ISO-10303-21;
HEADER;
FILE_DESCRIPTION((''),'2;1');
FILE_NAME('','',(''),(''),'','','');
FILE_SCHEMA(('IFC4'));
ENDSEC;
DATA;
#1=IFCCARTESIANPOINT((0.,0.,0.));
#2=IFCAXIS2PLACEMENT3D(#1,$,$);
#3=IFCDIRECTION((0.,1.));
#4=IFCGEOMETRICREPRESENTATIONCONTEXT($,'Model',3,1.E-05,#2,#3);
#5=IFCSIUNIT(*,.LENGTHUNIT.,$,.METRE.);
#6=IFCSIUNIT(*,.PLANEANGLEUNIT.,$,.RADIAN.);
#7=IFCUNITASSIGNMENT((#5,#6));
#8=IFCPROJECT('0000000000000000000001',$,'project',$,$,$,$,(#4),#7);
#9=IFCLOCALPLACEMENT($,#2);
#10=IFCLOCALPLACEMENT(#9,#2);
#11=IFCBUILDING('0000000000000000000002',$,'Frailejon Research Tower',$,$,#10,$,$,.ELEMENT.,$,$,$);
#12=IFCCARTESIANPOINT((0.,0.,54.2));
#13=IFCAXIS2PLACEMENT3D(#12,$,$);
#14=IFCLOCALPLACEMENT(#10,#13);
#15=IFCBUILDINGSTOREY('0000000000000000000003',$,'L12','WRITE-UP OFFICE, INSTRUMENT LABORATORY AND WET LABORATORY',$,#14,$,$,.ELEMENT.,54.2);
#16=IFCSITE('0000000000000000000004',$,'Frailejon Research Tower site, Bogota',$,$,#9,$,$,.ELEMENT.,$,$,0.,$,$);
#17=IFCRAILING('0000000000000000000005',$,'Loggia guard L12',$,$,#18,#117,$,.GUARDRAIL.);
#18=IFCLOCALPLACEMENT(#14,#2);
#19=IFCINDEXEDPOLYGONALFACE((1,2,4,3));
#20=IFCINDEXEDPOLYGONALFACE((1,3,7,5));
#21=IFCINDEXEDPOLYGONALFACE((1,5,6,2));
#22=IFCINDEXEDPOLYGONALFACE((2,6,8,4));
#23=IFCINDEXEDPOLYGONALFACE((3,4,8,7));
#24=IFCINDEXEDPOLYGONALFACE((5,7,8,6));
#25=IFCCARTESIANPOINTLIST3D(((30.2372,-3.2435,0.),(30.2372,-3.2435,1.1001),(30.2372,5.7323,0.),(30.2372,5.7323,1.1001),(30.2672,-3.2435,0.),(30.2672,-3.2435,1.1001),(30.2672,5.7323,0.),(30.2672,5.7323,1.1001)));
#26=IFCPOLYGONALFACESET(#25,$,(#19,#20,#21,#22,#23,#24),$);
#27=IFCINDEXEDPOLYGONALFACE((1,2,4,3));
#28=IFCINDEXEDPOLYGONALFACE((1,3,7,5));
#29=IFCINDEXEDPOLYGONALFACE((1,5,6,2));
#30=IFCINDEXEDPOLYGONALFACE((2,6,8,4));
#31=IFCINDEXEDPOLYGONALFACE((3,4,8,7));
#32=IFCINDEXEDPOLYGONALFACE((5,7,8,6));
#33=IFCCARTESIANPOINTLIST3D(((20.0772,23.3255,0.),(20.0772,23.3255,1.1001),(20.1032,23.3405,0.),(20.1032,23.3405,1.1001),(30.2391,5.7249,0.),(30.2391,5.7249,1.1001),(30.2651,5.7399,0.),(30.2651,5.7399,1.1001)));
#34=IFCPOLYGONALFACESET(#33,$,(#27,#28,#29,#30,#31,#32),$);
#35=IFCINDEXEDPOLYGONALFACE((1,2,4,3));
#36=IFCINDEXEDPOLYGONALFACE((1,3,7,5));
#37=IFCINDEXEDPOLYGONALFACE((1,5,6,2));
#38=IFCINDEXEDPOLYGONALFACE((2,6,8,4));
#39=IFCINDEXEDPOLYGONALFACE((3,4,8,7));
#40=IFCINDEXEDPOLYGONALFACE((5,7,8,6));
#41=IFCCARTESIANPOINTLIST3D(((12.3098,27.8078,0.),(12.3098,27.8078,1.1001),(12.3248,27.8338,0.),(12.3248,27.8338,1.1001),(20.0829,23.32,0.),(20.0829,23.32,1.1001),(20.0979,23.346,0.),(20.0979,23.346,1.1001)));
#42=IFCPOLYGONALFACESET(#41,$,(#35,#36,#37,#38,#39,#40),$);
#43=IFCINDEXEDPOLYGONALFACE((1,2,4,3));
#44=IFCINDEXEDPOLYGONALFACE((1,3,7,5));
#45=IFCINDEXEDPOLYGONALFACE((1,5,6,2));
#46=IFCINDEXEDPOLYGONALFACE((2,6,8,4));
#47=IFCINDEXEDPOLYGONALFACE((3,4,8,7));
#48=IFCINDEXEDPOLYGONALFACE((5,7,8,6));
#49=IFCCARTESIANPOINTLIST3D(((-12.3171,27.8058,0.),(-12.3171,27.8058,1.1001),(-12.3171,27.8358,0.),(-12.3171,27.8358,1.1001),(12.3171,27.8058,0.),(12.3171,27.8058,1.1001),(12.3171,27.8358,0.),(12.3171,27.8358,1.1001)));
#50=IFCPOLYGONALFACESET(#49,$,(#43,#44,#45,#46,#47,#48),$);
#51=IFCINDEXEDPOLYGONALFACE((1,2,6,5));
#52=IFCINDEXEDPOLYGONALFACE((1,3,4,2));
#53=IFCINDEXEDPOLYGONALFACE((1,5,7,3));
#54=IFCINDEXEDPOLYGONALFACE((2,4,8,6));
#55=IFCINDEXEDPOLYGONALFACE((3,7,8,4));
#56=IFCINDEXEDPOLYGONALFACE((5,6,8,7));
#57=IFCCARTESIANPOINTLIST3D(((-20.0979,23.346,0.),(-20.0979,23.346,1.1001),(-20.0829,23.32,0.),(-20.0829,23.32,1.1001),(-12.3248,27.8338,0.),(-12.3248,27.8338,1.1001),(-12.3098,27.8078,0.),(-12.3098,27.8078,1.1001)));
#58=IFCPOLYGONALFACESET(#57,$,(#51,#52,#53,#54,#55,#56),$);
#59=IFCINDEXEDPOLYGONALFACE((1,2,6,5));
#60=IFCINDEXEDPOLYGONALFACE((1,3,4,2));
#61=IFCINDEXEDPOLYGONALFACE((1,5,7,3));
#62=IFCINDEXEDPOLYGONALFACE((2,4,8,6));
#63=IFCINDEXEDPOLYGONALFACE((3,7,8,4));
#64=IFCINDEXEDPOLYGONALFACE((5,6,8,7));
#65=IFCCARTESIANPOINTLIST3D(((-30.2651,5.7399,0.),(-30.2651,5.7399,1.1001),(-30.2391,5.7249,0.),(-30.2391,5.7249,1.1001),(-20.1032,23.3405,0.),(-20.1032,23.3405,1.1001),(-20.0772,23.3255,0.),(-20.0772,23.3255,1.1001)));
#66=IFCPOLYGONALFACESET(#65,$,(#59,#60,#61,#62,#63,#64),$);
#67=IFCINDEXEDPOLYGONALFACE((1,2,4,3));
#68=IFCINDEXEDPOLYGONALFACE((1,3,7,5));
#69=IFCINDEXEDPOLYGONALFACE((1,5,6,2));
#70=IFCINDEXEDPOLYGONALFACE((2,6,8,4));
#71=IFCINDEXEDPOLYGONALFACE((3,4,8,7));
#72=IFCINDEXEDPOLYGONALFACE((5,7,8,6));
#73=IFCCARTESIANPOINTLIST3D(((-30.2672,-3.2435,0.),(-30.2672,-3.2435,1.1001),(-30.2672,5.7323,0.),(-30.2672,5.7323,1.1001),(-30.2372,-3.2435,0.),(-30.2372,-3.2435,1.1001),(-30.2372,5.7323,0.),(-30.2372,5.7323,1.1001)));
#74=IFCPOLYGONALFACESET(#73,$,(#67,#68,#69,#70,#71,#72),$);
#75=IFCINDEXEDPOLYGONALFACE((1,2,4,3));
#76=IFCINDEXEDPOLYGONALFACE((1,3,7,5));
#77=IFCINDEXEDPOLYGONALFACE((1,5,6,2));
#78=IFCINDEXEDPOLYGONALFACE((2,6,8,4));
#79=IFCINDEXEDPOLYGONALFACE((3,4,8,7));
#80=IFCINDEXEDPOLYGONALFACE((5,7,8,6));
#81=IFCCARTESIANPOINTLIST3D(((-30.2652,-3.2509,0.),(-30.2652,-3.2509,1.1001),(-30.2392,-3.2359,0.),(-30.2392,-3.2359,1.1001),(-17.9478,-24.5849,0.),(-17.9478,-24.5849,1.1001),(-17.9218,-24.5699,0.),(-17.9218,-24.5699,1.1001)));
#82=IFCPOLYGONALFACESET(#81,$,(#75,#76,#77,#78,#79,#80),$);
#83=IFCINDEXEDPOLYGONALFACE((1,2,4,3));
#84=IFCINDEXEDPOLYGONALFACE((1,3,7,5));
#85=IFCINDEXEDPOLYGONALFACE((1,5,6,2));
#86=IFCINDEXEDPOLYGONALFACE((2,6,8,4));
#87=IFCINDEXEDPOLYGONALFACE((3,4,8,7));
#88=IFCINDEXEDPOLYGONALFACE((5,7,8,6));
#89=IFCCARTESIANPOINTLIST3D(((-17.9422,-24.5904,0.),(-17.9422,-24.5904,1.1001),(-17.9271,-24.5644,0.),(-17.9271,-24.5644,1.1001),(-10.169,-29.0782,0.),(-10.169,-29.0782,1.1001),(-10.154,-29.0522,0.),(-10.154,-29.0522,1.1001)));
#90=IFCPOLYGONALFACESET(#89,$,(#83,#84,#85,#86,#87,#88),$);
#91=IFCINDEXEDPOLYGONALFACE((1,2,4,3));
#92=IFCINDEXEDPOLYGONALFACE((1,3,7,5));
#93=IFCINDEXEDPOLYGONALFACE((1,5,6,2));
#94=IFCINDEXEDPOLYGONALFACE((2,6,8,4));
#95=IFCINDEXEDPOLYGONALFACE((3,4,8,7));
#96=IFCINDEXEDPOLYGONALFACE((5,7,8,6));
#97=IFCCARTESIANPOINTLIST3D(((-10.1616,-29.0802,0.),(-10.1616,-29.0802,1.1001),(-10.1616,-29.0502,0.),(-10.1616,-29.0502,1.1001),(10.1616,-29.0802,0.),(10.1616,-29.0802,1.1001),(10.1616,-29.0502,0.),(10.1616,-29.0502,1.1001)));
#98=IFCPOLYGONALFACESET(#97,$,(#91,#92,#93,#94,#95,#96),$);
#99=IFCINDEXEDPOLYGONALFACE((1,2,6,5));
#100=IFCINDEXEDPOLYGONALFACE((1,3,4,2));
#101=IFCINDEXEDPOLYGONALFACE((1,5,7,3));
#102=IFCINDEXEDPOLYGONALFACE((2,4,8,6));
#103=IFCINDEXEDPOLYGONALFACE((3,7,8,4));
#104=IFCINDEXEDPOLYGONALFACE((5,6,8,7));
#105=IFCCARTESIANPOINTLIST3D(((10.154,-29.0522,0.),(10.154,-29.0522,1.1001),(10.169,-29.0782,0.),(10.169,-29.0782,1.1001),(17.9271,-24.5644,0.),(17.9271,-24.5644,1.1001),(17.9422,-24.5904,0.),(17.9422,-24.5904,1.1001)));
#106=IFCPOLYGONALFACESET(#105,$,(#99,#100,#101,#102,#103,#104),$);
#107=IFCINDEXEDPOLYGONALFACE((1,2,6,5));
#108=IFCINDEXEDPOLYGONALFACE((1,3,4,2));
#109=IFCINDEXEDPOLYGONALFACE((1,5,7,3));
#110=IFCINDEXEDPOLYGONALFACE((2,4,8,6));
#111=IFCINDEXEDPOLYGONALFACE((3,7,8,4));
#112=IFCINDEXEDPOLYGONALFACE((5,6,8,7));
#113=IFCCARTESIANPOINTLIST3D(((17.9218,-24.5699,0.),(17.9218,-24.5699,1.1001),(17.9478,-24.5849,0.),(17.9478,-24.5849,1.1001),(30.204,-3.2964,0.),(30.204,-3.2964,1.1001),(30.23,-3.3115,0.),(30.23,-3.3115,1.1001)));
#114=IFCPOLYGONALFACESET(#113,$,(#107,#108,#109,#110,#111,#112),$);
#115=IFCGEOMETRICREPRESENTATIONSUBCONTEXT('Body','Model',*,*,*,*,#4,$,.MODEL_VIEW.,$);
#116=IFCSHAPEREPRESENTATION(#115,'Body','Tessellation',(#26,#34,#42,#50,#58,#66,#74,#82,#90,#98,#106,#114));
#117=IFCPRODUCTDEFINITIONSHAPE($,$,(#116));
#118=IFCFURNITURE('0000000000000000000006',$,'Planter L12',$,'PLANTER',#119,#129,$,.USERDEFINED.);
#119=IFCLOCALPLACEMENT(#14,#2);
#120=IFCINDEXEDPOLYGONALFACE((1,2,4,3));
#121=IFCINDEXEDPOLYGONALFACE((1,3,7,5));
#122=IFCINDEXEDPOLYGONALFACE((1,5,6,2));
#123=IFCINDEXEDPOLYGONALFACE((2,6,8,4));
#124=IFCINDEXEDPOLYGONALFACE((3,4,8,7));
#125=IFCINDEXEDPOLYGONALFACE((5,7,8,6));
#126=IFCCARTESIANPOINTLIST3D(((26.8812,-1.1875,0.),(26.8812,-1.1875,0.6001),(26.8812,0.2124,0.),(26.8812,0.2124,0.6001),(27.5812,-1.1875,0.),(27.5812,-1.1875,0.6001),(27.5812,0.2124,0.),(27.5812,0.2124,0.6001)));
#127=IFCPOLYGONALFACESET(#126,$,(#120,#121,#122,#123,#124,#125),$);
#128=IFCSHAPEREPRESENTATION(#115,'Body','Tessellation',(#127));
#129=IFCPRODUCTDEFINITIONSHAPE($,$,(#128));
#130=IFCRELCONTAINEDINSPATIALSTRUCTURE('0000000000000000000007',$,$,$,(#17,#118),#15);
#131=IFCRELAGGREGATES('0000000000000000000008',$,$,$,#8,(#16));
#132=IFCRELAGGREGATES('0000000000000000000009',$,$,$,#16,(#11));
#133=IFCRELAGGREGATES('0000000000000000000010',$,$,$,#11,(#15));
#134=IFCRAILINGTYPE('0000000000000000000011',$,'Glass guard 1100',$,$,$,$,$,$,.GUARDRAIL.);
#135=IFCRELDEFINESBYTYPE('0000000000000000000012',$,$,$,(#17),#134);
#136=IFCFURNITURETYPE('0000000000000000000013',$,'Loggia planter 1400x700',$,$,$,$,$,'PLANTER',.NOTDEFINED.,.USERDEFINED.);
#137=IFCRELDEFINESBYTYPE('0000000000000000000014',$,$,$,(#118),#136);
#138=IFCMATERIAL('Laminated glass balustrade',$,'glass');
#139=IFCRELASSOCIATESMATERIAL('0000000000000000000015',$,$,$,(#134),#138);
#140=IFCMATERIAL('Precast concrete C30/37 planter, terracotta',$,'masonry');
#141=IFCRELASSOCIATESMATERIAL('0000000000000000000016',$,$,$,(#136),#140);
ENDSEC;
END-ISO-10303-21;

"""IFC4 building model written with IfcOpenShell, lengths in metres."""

from ifc_helpers import new_model, si_unit, direction, frame, origin, origin_2d, place, context, subcontext, project, spatial, rectangle, extrude, material, type_object, element, save


model = new_model("IFC4")

# Units and contexts
model_context = context("Model", 3, precision=1e-05, world=origin(), true_north=direction((0.0, 1.0)))
body_context = subcontext(model_context, "Body", "Model", "MODEL_VIEW")
ifc_project = project(units=[si_unit("LENGTHUNIT", "METRE"), si_unit("PLANEANGLEUNIT", "RADIAN")], contexts=[model_context])

# Site, building, storey
site_placement = place(None, origin())
site = spatial("IfcSite", under=ifc_project, at=site_placement, Name="Frailejon Research Tower site, Bogota", CompositionType="ELEMENT", RefElevation=0.0)
building_placement = place(site_placement, origin())
building = spatial("IfcBuilding", under=site, at=building_placement, Name="Frailejon Research Tower", CompositionType="ELEMENT")
storey_placement = place(building_placement, frame((0.0, 0.0, 54.2)))
storey = spatial("IfcBuildingStorey", under=building, at=storey_placement, Name="L12", Description="WRITE-UP OFFICE, INSTRUMENT LABORATORY AND WET LABORATORY", CompositionType="ELEMENT", Elevation=54.2)

# Railing
ifc_material_1 = material(Name="Laminated glass balustrade", Category="glass")
railing_type = type_object("IfcRailingType", Name="Glass guard 1100", PredefinedType="GUARDRAIL", material=ifc_material_1)
railing_placement = place(storey_placement, frame((30.2522, -3.2434, 0.0)))
element("IfcRailing", 1, at=railing_placement, inside=storey, type_object=railing_type, Name="Loggia guard L12", PredefinedType="GUARDRAIL", context=body_context, shape_type="SweptSolid", body=[
    extrude(rectangle(XDim=8.9758, YDim=0.03, at=origin_2d()), frame((0.0, 4.4878, 0.0), z_axis=(0.0, 0.0, 1.0), x_axis=(0.0, 1.0, 0.0)), (0.0, 0.0, 1.0), 1.1001),
    extrude(rectangle(XDim=20.3235, YDim=0.03, at=origin_2d()), frame((-5.0811, 17.7761, 0.0), z_axis=(0.0, 0.0, 1.0), x_axis=(-0.500006, 0.866022, 0.0)), (0.0, 0.0, 1.0), 1.1001),
    extrude(rectangle(XDim=8.9756, YDim=0.03, at=origin_2d()), frame((-14.0483, 28.8203, 0.0), z_axis=(0.0, 0.0, 1.0), x_axis=(-0.866028, 0.499995, 0.0)), (0.0, 0.0, 1.0), 1.1001),
    extrude(rectangle(XDim=24.6343, YDim=0.03, at=origin_2d()), frame((-30.2522, 31.0642, 0.0), z_axis=(0.0, 0.0, 1.0), x_axis=(-1.0, 0.0, 0.0)), (0.0, 0.0, 1.0), 1.1001),
    extrude(rectangle(XDim=8.9756, YDim=0.03, at=origin_2d()), frame((-46.4561, 28.8203, 0.0), z_axis=(0.0, 0.0, 1.0), x_axis=(-0.866028, -0.499995, 0.0)), (0.0, 0.0, 1.0), 1.1001),
    extrude(rectangle(XDim=20.3235, YDim=0.03, at=origin_2d()), frame((-55.4233, 17.7761, 0.0), z_axis=(0.0, 0.0, 1.0), x_axis=(-0.500006, -0.866022, 0.0)), (0.0, 0.0, 1.0), 1.1001),
    extrude(rectangle(XDim=8.9758, YDim=0.03, at=origin_2d()), frame((-60.5044, 4.4878, 0.0), z_axis=(0.0, 0.0, 1.0), x_axis=(0.0, -1.0, 0.0)), (0.0, 0.0, 1.0), 1.1001),
    extrude(rectangle(XDim=24.6345, YDim=0.03, at=origin_2d()), frame((-54.3457, -10.667, 0.0), z_axis=(0.0, 0.0, 1.0), x_axis=(0.500006, -0.866022, 0.0)), (0.0, 0.0, 1.0), 1.1001),
    extrude(rectangle(XDim=8.9756, YDim=0.03, at=origin_2d()), frame((-44.3003, -23.5779, 0.0), z_axis=(0.0, 0.0, 1.0), x_axis=(0.866028, -0.499995, 0.0)), (0.0, 0.0, 1.0), 1.1001),
    extrude(rectangle(XDim=20.3232, YDim=0.03, at=origin_2d()), frame((-30.2522, -25.8218, 0.0), z_axis=(0.0, 0.0, 1.0), x_axis=(1.0, 0.0, 0.0)), (0.0, 0.0, 1.0), 1.1001),
    extrude(rectangle(XDim=8.9756, YDim=0.03, at=origin_2d()), frame((-16.2041, -23.5779, 0.0), z_axis=(0.0, 0.0, 1.0), x_axis=(0.866028, 0.499995, 0.0)), (0.0, 0.0, 1.0), 1.1001),
    extrude(rectangle(XDim=24.5645, YDim=0.03, at=origin_2d()), frame((-6.1763, -10.6973, 0.0), z_axis=(0.0, 0.0, 1.0), x_axis=(0.5, 0.866025, 0.0)), (0.0, 0.0, 1.0), 1.1001),
])

# Furniture
ifc_material_2 = material(Name="Precast concrete C30/37 planter, terracotta", Category="masonry")
furniture_type = type_object("IfcFurnitureType", Name="Loggia planter 1400x700", ElementType="PLANTER", AssemblyPlace="NOTDEFINED", PredefinedType="USERDEFINED", material=ifc_material_2)
furniture_placement = place(storey_placement, frame((27.2312, -0.4875, 0.0), z_axis=(0.0, 0.0, 1.0), x_axis=(0.0, 1.0, 0.0)))
element("IfcFurniture", 2, at=furniture_placement, inside=storey, type_object=furniture_type, Name="Planter L12", ObjectType="PLANTER", PredefinedType="USERDEFINED", context=body_context, shape_type="SweptSolid", body=[
    extrude(rectangle(XDim=1.3999, YDim=0.7, at=origin_2d()), origin(), (0.0, 0.0, 1.0), 0.6001),
])

save(model, "model.ifc")
